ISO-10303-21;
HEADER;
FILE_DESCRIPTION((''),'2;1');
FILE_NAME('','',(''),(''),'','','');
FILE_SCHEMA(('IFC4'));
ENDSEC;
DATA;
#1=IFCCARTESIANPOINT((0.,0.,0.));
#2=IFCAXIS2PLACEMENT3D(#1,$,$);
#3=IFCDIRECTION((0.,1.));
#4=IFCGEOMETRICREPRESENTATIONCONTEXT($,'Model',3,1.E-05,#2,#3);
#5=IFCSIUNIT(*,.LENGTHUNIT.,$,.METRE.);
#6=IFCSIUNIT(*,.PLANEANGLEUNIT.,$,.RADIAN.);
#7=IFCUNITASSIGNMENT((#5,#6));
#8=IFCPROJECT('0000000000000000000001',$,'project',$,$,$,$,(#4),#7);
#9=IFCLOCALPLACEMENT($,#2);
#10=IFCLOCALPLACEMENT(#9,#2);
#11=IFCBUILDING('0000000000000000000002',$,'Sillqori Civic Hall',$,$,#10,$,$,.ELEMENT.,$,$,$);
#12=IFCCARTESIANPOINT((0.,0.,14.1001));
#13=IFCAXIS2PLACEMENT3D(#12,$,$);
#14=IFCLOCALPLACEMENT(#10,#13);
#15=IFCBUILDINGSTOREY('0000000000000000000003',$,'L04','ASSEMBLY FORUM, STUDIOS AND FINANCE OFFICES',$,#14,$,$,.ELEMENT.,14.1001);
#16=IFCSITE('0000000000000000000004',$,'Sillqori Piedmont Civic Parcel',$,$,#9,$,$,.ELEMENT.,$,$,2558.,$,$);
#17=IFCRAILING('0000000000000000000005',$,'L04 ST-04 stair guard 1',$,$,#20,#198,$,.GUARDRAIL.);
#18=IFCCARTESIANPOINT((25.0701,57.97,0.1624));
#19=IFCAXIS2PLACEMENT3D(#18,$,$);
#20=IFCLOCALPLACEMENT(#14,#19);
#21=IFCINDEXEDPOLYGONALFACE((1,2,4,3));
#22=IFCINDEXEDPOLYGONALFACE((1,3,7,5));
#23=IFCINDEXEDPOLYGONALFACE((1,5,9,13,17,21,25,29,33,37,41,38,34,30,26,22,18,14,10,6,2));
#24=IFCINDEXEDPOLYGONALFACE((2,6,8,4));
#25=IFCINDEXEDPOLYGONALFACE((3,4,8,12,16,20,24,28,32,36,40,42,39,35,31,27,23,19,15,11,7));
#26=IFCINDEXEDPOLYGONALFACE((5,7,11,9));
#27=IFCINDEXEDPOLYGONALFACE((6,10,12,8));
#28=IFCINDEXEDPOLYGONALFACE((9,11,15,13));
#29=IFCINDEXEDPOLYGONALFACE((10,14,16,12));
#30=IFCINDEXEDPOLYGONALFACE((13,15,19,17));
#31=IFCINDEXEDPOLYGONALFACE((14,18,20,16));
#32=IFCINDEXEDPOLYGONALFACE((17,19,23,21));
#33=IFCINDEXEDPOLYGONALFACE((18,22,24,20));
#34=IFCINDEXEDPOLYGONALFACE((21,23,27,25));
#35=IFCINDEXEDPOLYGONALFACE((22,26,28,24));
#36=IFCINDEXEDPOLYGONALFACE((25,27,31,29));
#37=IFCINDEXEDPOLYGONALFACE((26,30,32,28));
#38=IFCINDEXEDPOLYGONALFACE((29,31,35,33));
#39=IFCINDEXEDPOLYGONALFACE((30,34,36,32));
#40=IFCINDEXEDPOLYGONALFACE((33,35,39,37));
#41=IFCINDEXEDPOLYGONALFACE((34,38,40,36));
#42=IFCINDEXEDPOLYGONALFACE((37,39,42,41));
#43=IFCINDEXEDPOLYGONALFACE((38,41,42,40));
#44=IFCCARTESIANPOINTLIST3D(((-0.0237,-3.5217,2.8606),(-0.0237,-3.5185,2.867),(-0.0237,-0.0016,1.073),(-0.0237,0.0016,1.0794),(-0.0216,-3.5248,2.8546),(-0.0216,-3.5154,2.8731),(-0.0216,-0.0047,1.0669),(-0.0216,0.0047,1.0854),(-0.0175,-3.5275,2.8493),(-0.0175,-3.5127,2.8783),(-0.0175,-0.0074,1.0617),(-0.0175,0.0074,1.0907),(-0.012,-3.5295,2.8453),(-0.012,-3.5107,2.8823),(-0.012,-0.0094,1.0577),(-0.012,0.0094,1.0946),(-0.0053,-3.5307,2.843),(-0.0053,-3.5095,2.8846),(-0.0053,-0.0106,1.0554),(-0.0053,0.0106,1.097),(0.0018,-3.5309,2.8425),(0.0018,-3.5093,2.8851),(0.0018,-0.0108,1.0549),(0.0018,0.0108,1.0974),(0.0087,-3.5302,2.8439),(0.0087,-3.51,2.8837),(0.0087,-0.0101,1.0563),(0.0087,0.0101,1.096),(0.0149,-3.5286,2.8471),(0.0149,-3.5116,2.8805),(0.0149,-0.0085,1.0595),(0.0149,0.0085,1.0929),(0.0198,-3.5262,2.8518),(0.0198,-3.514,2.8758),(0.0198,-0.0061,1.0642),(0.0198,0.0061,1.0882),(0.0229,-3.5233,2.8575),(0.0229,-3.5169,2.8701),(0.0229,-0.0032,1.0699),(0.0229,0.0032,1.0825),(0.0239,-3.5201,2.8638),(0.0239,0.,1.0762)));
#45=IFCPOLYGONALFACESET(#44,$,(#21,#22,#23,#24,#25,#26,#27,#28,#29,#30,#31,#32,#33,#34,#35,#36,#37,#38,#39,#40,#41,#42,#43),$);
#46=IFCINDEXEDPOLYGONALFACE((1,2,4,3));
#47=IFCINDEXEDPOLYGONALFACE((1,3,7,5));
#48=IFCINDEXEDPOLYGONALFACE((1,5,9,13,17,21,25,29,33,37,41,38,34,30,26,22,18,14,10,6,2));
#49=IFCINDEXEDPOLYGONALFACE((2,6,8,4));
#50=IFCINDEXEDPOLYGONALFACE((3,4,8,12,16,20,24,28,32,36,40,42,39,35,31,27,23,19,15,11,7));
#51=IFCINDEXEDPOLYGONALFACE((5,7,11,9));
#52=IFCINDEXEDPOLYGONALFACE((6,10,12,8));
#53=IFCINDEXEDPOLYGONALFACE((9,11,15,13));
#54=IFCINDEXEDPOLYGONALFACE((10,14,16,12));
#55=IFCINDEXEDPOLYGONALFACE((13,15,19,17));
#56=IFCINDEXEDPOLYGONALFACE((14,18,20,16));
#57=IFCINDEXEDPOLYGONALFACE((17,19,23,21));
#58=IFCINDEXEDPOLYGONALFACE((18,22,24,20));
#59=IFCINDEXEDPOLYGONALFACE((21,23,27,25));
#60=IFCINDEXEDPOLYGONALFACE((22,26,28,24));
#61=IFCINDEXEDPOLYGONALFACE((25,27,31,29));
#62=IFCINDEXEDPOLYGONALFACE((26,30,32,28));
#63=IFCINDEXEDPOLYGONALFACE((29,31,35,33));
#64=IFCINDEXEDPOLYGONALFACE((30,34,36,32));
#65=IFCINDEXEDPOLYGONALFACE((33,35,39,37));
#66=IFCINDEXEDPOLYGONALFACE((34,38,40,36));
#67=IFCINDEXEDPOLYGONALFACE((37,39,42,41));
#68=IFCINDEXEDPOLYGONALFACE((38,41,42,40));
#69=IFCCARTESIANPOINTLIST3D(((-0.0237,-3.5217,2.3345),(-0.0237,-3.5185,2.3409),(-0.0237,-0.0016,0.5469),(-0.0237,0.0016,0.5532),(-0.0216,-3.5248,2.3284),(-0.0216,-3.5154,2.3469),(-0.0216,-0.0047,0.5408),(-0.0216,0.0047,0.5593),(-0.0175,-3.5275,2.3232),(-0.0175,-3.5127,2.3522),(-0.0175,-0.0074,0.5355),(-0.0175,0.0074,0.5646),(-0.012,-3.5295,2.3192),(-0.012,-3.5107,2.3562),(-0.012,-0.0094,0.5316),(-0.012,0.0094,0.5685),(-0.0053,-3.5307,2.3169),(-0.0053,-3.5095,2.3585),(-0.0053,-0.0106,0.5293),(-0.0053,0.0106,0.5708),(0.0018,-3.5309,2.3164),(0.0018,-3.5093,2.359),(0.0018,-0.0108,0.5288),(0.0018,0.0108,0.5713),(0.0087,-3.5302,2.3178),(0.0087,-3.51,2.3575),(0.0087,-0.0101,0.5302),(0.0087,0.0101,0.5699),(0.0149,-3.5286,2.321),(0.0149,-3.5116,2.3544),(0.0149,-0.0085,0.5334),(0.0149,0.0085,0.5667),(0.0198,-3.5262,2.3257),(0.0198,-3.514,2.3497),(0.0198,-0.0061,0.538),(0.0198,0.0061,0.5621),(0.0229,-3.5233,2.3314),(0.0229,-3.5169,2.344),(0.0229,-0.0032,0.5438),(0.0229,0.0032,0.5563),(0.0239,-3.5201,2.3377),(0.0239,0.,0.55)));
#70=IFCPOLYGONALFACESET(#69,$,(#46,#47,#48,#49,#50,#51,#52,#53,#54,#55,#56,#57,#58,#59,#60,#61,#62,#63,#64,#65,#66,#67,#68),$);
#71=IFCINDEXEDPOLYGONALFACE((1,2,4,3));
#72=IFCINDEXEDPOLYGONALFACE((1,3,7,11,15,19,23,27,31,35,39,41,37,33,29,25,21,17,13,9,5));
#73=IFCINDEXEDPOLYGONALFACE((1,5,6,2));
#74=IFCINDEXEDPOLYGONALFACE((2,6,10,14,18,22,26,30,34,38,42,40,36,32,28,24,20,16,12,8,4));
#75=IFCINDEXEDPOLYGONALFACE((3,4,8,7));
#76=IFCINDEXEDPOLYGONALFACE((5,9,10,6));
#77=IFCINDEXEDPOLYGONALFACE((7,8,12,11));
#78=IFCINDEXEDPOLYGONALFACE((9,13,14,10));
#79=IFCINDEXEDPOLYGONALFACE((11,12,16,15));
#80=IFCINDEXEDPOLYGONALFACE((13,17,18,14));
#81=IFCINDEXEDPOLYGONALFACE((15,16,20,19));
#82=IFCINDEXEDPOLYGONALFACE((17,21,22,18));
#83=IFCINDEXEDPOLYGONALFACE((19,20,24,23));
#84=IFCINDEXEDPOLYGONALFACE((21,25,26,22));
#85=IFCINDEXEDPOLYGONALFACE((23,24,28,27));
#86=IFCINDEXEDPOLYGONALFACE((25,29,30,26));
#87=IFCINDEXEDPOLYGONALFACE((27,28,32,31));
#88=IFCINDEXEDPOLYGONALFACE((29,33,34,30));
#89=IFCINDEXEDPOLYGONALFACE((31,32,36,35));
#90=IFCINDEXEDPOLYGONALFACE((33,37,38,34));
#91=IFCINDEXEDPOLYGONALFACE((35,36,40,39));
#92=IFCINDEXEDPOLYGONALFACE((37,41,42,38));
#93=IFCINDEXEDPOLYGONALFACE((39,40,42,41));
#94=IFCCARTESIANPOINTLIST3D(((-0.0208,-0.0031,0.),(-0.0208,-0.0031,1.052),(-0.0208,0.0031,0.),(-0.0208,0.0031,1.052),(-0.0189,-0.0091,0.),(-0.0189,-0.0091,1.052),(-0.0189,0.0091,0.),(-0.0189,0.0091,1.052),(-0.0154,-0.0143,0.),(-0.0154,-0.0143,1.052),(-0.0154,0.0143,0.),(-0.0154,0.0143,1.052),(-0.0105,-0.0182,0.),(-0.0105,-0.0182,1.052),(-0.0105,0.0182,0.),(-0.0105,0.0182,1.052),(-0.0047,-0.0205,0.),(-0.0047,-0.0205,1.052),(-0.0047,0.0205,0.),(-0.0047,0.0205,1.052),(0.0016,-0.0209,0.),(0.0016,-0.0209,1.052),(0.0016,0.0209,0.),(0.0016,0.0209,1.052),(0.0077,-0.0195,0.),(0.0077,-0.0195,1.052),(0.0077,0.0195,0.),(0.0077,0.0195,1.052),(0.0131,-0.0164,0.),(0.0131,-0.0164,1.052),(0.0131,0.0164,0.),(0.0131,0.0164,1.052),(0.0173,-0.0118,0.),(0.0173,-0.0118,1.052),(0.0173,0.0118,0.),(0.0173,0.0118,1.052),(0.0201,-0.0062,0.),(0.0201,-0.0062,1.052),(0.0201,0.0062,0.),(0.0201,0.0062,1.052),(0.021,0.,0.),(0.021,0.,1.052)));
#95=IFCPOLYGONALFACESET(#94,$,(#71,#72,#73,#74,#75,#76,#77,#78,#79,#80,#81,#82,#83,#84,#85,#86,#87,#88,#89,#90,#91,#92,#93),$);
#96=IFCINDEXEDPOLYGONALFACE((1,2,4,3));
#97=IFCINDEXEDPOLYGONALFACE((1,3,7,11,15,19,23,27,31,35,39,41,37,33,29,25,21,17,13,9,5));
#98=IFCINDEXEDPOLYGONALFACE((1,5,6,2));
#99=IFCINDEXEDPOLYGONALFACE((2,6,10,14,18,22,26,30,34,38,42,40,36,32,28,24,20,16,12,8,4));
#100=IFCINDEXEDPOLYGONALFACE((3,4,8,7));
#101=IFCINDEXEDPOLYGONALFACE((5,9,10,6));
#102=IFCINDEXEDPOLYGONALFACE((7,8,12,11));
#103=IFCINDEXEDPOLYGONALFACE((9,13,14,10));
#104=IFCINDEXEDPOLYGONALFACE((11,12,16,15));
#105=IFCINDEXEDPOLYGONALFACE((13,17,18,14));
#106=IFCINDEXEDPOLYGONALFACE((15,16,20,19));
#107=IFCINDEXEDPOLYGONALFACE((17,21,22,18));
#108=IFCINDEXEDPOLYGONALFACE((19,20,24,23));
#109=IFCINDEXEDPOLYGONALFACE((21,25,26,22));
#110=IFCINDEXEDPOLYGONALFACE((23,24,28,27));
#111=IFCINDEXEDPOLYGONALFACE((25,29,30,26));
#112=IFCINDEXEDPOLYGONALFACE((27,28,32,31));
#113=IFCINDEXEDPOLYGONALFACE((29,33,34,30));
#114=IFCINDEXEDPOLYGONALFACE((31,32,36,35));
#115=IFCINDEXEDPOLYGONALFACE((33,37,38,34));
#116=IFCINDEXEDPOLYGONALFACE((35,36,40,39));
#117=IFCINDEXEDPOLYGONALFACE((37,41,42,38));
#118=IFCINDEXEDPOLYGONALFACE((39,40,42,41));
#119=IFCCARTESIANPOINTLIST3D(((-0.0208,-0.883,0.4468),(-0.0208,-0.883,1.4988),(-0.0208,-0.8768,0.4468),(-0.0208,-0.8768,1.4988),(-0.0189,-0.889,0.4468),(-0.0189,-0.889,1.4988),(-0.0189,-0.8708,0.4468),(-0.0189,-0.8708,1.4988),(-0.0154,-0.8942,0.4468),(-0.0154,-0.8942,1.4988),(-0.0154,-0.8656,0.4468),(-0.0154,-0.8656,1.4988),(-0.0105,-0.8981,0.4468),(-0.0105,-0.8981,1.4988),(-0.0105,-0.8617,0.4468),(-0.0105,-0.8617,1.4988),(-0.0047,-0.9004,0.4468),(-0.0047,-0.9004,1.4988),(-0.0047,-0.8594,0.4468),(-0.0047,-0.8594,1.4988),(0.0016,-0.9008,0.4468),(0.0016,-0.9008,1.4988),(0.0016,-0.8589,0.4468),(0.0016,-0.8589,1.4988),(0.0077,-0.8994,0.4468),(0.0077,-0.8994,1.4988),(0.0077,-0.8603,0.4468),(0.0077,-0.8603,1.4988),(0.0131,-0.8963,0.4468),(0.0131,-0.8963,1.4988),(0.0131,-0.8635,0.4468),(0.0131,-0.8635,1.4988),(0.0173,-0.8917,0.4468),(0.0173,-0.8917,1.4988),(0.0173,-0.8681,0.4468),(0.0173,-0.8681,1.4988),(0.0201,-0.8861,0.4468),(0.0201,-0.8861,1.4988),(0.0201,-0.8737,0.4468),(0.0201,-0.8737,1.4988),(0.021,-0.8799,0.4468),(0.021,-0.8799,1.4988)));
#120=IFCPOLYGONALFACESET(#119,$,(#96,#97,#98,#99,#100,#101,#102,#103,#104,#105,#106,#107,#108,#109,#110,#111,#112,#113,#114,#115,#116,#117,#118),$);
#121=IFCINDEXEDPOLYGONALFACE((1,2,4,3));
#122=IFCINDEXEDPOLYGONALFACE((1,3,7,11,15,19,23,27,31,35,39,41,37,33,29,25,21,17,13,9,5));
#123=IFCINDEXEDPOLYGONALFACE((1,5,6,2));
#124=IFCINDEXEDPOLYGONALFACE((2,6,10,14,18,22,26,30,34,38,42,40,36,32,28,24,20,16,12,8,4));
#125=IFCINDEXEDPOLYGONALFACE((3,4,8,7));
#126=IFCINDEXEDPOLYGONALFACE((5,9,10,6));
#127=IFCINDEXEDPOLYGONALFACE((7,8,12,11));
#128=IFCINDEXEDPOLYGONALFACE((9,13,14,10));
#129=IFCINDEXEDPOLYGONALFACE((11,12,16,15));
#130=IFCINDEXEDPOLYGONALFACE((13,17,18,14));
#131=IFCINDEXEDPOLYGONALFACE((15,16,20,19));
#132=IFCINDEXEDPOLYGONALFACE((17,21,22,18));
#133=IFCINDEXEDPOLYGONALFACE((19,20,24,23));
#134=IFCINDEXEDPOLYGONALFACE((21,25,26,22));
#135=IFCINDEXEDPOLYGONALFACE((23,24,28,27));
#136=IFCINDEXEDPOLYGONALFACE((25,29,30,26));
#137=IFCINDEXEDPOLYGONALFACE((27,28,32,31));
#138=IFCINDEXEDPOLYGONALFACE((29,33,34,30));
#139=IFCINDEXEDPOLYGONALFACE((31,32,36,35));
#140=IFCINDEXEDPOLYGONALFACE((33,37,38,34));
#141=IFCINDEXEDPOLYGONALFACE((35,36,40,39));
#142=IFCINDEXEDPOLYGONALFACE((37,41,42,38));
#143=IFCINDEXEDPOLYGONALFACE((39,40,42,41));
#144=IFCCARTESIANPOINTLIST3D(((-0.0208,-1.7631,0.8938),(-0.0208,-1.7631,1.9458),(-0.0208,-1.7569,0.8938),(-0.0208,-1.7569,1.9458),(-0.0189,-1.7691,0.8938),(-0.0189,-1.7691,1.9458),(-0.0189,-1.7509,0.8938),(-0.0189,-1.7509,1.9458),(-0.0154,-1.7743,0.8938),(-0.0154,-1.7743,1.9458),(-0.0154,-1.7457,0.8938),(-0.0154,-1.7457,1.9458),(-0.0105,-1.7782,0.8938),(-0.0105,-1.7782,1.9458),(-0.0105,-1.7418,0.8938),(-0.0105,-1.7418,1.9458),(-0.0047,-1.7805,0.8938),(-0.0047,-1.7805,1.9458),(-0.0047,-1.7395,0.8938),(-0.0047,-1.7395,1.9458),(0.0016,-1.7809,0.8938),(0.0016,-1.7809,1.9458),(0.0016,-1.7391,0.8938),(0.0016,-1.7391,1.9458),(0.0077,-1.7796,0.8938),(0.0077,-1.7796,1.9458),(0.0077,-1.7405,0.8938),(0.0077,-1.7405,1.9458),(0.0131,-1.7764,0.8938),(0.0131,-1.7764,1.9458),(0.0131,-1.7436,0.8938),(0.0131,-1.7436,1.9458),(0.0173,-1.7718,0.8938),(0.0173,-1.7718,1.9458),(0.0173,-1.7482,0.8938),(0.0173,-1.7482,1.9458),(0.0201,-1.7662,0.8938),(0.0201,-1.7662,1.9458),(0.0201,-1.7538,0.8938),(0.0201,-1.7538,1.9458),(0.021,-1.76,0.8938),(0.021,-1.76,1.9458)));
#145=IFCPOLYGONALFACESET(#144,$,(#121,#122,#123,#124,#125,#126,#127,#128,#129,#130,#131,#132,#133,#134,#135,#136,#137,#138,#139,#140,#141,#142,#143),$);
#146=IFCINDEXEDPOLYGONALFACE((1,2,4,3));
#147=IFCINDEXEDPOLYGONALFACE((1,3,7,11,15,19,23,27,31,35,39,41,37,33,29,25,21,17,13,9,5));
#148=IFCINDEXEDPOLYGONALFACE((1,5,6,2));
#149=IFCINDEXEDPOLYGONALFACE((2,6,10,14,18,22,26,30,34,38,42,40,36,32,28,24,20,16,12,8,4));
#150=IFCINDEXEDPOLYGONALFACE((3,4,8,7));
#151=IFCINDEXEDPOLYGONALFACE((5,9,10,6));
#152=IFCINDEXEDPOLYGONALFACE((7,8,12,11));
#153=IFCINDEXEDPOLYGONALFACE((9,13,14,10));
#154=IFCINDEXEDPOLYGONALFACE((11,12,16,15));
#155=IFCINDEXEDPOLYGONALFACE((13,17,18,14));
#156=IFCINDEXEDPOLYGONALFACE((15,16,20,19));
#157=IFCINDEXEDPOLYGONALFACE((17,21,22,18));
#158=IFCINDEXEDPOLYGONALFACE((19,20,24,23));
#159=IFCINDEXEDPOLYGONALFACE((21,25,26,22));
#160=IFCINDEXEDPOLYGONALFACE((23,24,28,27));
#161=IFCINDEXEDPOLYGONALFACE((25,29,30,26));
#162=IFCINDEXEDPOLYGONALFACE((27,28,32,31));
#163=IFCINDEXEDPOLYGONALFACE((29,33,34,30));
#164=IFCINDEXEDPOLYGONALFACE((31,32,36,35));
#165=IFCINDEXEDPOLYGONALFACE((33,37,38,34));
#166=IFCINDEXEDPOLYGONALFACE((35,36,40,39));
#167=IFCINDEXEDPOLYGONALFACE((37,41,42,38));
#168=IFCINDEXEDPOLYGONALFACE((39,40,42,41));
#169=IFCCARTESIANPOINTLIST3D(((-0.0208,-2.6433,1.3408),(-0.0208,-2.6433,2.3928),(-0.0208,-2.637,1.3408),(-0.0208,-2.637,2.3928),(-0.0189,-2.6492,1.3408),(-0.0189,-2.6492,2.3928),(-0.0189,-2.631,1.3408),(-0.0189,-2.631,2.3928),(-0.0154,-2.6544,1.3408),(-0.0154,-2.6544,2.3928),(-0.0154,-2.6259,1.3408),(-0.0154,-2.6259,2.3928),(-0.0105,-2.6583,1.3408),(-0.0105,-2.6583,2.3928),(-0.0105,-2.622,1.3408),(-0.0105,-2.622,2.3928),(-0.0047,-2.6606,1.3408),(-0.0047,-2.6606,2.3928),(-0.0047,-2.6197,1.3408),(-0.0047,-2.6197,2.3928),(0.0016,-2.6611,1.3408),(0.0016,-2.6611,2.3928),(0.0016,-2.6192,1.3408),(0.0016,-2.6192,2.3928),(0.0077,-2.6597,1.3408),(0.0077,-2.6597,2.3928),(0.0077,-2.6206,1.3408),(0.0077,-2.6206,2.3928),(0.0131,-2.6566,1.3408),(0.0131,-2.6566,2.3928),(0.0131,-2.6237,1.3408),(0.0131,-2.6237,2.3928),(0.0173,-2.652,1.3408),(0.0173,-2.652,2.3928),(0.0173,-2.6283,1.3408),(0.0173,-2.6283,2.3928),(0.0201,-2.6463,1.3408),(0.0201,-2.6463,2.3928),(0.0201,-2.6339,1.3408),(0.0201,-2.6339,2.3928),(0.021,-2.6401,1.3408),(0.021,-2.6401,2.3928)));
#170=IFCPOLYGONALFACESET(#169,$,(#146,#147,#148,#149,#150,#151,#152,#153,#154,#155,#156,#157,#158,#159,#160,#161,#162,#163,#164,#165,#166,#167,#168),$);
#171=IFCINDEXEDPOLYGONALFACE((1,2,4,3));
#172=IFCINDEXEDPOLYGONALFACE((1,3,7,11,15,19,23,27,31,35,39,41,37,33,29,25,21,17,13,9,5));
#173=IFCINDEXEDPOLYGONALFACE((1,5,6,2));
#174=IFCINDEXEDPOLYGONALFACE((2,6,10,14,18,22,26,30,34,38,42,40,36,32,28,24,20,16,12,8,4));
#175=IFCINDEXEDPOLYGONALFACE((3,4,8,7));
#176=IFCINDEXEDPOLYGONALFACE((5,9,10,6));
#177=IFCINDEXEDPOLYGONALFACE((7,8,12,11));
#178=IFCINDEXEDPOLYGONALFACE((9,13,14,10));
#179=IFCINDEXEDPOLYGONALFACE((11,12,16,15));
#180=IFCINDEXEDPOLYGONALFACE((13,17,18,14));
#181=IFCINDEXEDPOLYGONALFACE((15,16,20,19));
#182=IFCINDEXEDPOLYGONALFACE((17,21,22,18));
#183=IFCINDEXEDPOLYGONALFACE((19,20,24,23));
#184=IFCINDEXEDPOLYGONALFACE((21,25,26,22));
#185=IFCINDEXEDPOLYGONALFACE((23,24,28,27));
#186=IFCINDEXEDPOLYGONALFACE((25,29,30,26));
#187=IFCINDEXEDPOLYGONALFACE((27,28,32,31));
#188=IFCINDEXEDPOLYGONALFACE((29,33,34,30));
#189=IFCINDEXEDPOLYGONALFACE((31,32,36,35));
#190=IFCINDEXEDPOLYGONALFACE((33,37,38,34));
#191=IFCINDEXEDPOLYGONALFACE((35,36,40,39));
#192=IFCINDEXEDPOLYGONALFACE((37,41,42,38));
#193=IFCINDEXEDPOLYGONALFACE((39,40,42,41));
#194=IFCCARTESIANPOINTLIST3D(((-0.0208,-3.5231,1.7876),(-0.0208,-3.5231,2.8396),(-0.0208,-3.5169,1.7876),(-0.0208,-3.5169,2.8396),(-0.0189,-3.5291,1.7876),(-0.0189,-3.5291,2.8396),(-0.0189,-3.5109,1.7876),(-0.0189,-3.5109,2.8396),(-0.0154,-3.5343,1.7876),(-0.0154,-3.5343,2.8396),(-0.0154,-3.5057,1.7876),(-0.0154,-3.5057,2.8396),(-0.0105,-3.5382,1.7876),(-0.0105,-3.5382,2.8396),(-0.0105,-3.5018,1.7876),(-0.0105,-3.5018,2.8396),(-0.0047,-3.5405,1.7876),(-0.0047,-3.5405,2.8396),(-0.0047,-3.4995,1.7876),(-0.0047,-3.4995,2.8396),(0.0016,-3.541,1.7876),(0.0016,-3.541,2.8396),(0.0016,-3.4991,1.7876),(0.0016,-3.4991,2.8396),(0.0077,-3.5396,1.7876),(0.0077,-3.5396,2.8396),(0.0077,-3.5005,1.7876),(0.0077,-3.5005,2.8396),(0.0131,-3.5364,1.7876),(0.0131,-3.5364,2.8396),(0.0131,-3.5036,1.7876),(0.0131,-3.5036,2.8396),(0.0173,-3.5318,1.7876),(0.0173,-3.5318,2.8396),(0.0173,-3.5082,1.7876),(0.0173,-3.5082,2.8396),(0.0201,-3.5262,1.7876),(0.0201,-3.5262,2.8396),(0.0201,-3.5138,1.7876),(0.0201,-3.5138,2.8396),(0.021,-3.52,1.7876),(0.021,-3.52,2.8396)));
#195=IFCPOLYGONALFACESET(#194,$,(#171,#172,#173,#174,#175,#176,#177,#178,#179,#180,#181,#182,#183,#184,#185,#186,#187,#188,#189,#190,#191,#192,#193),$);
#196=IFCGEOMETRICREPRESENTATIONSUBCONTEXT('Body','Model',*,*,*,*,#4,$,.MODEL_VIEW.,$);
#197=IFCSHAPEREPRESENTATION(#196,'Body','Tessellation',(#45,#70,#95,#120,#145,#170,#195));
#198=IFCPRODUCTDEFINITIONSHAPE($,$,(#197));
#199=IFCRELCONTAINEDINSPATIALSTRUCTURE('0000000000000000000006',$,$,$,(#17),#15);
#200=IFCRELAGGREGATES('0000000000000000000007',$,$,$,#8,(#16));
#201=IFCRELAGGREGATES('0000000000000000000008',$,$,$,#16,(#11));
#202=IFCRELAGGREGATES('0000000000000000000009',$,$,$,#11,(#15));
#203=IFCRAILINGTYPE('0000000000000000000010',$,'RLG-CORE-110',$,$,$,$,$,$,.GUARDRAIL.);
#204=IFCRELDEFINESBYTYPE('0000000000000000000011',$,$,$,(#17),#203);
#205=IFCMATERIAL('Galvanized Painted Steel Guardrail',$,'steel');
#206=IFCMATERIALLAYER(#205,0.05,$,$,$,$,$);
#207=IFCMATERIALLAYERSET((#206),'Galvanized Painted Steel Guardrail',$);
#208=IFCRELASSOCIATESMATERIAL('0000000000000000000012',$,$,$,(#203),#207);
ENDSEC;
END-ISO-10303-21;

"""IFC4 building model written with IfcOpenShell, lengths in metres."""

from ifc_helpers import new_model, si_unit, direction, frame, origin, origin_2d, place, context, subcontext, project, spatial, circle, extrude, material, layer, layer_set, type_object, element, save


model = new_model("IFC4")

# Units and contexts
model_context = context("Model", 3, precision=1e-05, world=origin(), true_north=direction((0.0, 1.0)))
body_context = subcontext(model_context, "Body", "Model", "MODEL_VIEW")
ifc_project = project(units=[si_unit("LENGTHUNIT", "METRE"), si_unit("PLANEANGLEUNIT", "RADIAN")], contexts=[model_context])

# Site, building, storey
site_placement = place(None, origin())
site = spatial("IfcSite", under=ifc_project, at=site_placement, Name="Sillqori Piedmont Civic Parcel", CompositionType="ELEMENT", RefElevation=2558.0)
building_placement = place(site_placement, origin())
building = spatial("IfcBuilding", under=site, at=building_placement, Name="Sillqori Civic Hall", CompositionType="ELEMENT")
storey_placement = place(building_placement, frame((0.0, 0.0, 14.1001)))
storey = spatial("IfcBuildingStorey", under=building, at=storey_placement, Name="L04", Description="ASSEMBLY FORUM, STUDIOS AND FINANCE OFFICES", CompositionType="ELEMENT", Elevation=14.1001)

# Railing
ifc_material_1 = material(Name="Galvanized Painted Steel Guardrail", Category="steel")
ifc_layer_1 = layer(ifc_material_1, 0.05)
ifc_layer_set_1 = layer_set([ifc_layer_1], Name="Galvanized Painted Steel Guardrail")
railing_type_1 = type_object("IfcRailingType", Name="RLG-CORE-110", PredefinedType="GUARDRAIL", material=ifc_layer_set_1)
railing_1_placement = place(storey_placement, frame((25.0701, 57.97, 0.1624)))
element("IfcRailing", 1, at=railing_1_placement, inside=storey, type_object=railing_type_1, Name="L04 ST-04 stair guard 1", PredefinedType="GUARDRAIL", context=body_context, shape_type="SweptSolid", body=[
    extrude(circle(Radius=0.0239, at=origin_2d()), frame((0.0, 0.0, 1.0762), z_axis=(0.0, -0.891615, 0.452795), x_axis=(1.0, 0.0, 0.0)), (0.0, 0.0, 1.0), 3.948),
    extrude(circle(Radius=0.0239, at=origin_2d()), frame((0.0, 0.0, 0.55), z_axis=(0.0, -0.891615, 0.452795), x_axis=(1.0, 0.0, 0.0)), (0.0, 0.0, 1.0), 3.948),
    extrude(circle(Radius=0.021, at=origin_2d()), origin(), (0.0, 0.0, 1.0), 1.052),
    extrude(circle(Radius=0.021, at=origin_2d()), frame((0.0, -0.8799, 0.4468)), (0.0, 0.0, 1.0), 1.052),
    extrude(circle(Radius=0.021, at=origin_2d()), frame((0.0, -1.76, 0.8938)), (0.0, 0.0, 1.0), 1.052),
    extrude(circle(Radius=0.021, at=origin_2d()), frame((0.0, -2.6401, 1.3408)), (0.0, 0.0, 1.0), 1.052),
    extrude(circle(Radius=0.021, at=origin_2d()), frame((0.0, -3.52, 1.7876)), (0.0, 0.0, 1.0), 1.052),
])

save(model, "model.ifc")
